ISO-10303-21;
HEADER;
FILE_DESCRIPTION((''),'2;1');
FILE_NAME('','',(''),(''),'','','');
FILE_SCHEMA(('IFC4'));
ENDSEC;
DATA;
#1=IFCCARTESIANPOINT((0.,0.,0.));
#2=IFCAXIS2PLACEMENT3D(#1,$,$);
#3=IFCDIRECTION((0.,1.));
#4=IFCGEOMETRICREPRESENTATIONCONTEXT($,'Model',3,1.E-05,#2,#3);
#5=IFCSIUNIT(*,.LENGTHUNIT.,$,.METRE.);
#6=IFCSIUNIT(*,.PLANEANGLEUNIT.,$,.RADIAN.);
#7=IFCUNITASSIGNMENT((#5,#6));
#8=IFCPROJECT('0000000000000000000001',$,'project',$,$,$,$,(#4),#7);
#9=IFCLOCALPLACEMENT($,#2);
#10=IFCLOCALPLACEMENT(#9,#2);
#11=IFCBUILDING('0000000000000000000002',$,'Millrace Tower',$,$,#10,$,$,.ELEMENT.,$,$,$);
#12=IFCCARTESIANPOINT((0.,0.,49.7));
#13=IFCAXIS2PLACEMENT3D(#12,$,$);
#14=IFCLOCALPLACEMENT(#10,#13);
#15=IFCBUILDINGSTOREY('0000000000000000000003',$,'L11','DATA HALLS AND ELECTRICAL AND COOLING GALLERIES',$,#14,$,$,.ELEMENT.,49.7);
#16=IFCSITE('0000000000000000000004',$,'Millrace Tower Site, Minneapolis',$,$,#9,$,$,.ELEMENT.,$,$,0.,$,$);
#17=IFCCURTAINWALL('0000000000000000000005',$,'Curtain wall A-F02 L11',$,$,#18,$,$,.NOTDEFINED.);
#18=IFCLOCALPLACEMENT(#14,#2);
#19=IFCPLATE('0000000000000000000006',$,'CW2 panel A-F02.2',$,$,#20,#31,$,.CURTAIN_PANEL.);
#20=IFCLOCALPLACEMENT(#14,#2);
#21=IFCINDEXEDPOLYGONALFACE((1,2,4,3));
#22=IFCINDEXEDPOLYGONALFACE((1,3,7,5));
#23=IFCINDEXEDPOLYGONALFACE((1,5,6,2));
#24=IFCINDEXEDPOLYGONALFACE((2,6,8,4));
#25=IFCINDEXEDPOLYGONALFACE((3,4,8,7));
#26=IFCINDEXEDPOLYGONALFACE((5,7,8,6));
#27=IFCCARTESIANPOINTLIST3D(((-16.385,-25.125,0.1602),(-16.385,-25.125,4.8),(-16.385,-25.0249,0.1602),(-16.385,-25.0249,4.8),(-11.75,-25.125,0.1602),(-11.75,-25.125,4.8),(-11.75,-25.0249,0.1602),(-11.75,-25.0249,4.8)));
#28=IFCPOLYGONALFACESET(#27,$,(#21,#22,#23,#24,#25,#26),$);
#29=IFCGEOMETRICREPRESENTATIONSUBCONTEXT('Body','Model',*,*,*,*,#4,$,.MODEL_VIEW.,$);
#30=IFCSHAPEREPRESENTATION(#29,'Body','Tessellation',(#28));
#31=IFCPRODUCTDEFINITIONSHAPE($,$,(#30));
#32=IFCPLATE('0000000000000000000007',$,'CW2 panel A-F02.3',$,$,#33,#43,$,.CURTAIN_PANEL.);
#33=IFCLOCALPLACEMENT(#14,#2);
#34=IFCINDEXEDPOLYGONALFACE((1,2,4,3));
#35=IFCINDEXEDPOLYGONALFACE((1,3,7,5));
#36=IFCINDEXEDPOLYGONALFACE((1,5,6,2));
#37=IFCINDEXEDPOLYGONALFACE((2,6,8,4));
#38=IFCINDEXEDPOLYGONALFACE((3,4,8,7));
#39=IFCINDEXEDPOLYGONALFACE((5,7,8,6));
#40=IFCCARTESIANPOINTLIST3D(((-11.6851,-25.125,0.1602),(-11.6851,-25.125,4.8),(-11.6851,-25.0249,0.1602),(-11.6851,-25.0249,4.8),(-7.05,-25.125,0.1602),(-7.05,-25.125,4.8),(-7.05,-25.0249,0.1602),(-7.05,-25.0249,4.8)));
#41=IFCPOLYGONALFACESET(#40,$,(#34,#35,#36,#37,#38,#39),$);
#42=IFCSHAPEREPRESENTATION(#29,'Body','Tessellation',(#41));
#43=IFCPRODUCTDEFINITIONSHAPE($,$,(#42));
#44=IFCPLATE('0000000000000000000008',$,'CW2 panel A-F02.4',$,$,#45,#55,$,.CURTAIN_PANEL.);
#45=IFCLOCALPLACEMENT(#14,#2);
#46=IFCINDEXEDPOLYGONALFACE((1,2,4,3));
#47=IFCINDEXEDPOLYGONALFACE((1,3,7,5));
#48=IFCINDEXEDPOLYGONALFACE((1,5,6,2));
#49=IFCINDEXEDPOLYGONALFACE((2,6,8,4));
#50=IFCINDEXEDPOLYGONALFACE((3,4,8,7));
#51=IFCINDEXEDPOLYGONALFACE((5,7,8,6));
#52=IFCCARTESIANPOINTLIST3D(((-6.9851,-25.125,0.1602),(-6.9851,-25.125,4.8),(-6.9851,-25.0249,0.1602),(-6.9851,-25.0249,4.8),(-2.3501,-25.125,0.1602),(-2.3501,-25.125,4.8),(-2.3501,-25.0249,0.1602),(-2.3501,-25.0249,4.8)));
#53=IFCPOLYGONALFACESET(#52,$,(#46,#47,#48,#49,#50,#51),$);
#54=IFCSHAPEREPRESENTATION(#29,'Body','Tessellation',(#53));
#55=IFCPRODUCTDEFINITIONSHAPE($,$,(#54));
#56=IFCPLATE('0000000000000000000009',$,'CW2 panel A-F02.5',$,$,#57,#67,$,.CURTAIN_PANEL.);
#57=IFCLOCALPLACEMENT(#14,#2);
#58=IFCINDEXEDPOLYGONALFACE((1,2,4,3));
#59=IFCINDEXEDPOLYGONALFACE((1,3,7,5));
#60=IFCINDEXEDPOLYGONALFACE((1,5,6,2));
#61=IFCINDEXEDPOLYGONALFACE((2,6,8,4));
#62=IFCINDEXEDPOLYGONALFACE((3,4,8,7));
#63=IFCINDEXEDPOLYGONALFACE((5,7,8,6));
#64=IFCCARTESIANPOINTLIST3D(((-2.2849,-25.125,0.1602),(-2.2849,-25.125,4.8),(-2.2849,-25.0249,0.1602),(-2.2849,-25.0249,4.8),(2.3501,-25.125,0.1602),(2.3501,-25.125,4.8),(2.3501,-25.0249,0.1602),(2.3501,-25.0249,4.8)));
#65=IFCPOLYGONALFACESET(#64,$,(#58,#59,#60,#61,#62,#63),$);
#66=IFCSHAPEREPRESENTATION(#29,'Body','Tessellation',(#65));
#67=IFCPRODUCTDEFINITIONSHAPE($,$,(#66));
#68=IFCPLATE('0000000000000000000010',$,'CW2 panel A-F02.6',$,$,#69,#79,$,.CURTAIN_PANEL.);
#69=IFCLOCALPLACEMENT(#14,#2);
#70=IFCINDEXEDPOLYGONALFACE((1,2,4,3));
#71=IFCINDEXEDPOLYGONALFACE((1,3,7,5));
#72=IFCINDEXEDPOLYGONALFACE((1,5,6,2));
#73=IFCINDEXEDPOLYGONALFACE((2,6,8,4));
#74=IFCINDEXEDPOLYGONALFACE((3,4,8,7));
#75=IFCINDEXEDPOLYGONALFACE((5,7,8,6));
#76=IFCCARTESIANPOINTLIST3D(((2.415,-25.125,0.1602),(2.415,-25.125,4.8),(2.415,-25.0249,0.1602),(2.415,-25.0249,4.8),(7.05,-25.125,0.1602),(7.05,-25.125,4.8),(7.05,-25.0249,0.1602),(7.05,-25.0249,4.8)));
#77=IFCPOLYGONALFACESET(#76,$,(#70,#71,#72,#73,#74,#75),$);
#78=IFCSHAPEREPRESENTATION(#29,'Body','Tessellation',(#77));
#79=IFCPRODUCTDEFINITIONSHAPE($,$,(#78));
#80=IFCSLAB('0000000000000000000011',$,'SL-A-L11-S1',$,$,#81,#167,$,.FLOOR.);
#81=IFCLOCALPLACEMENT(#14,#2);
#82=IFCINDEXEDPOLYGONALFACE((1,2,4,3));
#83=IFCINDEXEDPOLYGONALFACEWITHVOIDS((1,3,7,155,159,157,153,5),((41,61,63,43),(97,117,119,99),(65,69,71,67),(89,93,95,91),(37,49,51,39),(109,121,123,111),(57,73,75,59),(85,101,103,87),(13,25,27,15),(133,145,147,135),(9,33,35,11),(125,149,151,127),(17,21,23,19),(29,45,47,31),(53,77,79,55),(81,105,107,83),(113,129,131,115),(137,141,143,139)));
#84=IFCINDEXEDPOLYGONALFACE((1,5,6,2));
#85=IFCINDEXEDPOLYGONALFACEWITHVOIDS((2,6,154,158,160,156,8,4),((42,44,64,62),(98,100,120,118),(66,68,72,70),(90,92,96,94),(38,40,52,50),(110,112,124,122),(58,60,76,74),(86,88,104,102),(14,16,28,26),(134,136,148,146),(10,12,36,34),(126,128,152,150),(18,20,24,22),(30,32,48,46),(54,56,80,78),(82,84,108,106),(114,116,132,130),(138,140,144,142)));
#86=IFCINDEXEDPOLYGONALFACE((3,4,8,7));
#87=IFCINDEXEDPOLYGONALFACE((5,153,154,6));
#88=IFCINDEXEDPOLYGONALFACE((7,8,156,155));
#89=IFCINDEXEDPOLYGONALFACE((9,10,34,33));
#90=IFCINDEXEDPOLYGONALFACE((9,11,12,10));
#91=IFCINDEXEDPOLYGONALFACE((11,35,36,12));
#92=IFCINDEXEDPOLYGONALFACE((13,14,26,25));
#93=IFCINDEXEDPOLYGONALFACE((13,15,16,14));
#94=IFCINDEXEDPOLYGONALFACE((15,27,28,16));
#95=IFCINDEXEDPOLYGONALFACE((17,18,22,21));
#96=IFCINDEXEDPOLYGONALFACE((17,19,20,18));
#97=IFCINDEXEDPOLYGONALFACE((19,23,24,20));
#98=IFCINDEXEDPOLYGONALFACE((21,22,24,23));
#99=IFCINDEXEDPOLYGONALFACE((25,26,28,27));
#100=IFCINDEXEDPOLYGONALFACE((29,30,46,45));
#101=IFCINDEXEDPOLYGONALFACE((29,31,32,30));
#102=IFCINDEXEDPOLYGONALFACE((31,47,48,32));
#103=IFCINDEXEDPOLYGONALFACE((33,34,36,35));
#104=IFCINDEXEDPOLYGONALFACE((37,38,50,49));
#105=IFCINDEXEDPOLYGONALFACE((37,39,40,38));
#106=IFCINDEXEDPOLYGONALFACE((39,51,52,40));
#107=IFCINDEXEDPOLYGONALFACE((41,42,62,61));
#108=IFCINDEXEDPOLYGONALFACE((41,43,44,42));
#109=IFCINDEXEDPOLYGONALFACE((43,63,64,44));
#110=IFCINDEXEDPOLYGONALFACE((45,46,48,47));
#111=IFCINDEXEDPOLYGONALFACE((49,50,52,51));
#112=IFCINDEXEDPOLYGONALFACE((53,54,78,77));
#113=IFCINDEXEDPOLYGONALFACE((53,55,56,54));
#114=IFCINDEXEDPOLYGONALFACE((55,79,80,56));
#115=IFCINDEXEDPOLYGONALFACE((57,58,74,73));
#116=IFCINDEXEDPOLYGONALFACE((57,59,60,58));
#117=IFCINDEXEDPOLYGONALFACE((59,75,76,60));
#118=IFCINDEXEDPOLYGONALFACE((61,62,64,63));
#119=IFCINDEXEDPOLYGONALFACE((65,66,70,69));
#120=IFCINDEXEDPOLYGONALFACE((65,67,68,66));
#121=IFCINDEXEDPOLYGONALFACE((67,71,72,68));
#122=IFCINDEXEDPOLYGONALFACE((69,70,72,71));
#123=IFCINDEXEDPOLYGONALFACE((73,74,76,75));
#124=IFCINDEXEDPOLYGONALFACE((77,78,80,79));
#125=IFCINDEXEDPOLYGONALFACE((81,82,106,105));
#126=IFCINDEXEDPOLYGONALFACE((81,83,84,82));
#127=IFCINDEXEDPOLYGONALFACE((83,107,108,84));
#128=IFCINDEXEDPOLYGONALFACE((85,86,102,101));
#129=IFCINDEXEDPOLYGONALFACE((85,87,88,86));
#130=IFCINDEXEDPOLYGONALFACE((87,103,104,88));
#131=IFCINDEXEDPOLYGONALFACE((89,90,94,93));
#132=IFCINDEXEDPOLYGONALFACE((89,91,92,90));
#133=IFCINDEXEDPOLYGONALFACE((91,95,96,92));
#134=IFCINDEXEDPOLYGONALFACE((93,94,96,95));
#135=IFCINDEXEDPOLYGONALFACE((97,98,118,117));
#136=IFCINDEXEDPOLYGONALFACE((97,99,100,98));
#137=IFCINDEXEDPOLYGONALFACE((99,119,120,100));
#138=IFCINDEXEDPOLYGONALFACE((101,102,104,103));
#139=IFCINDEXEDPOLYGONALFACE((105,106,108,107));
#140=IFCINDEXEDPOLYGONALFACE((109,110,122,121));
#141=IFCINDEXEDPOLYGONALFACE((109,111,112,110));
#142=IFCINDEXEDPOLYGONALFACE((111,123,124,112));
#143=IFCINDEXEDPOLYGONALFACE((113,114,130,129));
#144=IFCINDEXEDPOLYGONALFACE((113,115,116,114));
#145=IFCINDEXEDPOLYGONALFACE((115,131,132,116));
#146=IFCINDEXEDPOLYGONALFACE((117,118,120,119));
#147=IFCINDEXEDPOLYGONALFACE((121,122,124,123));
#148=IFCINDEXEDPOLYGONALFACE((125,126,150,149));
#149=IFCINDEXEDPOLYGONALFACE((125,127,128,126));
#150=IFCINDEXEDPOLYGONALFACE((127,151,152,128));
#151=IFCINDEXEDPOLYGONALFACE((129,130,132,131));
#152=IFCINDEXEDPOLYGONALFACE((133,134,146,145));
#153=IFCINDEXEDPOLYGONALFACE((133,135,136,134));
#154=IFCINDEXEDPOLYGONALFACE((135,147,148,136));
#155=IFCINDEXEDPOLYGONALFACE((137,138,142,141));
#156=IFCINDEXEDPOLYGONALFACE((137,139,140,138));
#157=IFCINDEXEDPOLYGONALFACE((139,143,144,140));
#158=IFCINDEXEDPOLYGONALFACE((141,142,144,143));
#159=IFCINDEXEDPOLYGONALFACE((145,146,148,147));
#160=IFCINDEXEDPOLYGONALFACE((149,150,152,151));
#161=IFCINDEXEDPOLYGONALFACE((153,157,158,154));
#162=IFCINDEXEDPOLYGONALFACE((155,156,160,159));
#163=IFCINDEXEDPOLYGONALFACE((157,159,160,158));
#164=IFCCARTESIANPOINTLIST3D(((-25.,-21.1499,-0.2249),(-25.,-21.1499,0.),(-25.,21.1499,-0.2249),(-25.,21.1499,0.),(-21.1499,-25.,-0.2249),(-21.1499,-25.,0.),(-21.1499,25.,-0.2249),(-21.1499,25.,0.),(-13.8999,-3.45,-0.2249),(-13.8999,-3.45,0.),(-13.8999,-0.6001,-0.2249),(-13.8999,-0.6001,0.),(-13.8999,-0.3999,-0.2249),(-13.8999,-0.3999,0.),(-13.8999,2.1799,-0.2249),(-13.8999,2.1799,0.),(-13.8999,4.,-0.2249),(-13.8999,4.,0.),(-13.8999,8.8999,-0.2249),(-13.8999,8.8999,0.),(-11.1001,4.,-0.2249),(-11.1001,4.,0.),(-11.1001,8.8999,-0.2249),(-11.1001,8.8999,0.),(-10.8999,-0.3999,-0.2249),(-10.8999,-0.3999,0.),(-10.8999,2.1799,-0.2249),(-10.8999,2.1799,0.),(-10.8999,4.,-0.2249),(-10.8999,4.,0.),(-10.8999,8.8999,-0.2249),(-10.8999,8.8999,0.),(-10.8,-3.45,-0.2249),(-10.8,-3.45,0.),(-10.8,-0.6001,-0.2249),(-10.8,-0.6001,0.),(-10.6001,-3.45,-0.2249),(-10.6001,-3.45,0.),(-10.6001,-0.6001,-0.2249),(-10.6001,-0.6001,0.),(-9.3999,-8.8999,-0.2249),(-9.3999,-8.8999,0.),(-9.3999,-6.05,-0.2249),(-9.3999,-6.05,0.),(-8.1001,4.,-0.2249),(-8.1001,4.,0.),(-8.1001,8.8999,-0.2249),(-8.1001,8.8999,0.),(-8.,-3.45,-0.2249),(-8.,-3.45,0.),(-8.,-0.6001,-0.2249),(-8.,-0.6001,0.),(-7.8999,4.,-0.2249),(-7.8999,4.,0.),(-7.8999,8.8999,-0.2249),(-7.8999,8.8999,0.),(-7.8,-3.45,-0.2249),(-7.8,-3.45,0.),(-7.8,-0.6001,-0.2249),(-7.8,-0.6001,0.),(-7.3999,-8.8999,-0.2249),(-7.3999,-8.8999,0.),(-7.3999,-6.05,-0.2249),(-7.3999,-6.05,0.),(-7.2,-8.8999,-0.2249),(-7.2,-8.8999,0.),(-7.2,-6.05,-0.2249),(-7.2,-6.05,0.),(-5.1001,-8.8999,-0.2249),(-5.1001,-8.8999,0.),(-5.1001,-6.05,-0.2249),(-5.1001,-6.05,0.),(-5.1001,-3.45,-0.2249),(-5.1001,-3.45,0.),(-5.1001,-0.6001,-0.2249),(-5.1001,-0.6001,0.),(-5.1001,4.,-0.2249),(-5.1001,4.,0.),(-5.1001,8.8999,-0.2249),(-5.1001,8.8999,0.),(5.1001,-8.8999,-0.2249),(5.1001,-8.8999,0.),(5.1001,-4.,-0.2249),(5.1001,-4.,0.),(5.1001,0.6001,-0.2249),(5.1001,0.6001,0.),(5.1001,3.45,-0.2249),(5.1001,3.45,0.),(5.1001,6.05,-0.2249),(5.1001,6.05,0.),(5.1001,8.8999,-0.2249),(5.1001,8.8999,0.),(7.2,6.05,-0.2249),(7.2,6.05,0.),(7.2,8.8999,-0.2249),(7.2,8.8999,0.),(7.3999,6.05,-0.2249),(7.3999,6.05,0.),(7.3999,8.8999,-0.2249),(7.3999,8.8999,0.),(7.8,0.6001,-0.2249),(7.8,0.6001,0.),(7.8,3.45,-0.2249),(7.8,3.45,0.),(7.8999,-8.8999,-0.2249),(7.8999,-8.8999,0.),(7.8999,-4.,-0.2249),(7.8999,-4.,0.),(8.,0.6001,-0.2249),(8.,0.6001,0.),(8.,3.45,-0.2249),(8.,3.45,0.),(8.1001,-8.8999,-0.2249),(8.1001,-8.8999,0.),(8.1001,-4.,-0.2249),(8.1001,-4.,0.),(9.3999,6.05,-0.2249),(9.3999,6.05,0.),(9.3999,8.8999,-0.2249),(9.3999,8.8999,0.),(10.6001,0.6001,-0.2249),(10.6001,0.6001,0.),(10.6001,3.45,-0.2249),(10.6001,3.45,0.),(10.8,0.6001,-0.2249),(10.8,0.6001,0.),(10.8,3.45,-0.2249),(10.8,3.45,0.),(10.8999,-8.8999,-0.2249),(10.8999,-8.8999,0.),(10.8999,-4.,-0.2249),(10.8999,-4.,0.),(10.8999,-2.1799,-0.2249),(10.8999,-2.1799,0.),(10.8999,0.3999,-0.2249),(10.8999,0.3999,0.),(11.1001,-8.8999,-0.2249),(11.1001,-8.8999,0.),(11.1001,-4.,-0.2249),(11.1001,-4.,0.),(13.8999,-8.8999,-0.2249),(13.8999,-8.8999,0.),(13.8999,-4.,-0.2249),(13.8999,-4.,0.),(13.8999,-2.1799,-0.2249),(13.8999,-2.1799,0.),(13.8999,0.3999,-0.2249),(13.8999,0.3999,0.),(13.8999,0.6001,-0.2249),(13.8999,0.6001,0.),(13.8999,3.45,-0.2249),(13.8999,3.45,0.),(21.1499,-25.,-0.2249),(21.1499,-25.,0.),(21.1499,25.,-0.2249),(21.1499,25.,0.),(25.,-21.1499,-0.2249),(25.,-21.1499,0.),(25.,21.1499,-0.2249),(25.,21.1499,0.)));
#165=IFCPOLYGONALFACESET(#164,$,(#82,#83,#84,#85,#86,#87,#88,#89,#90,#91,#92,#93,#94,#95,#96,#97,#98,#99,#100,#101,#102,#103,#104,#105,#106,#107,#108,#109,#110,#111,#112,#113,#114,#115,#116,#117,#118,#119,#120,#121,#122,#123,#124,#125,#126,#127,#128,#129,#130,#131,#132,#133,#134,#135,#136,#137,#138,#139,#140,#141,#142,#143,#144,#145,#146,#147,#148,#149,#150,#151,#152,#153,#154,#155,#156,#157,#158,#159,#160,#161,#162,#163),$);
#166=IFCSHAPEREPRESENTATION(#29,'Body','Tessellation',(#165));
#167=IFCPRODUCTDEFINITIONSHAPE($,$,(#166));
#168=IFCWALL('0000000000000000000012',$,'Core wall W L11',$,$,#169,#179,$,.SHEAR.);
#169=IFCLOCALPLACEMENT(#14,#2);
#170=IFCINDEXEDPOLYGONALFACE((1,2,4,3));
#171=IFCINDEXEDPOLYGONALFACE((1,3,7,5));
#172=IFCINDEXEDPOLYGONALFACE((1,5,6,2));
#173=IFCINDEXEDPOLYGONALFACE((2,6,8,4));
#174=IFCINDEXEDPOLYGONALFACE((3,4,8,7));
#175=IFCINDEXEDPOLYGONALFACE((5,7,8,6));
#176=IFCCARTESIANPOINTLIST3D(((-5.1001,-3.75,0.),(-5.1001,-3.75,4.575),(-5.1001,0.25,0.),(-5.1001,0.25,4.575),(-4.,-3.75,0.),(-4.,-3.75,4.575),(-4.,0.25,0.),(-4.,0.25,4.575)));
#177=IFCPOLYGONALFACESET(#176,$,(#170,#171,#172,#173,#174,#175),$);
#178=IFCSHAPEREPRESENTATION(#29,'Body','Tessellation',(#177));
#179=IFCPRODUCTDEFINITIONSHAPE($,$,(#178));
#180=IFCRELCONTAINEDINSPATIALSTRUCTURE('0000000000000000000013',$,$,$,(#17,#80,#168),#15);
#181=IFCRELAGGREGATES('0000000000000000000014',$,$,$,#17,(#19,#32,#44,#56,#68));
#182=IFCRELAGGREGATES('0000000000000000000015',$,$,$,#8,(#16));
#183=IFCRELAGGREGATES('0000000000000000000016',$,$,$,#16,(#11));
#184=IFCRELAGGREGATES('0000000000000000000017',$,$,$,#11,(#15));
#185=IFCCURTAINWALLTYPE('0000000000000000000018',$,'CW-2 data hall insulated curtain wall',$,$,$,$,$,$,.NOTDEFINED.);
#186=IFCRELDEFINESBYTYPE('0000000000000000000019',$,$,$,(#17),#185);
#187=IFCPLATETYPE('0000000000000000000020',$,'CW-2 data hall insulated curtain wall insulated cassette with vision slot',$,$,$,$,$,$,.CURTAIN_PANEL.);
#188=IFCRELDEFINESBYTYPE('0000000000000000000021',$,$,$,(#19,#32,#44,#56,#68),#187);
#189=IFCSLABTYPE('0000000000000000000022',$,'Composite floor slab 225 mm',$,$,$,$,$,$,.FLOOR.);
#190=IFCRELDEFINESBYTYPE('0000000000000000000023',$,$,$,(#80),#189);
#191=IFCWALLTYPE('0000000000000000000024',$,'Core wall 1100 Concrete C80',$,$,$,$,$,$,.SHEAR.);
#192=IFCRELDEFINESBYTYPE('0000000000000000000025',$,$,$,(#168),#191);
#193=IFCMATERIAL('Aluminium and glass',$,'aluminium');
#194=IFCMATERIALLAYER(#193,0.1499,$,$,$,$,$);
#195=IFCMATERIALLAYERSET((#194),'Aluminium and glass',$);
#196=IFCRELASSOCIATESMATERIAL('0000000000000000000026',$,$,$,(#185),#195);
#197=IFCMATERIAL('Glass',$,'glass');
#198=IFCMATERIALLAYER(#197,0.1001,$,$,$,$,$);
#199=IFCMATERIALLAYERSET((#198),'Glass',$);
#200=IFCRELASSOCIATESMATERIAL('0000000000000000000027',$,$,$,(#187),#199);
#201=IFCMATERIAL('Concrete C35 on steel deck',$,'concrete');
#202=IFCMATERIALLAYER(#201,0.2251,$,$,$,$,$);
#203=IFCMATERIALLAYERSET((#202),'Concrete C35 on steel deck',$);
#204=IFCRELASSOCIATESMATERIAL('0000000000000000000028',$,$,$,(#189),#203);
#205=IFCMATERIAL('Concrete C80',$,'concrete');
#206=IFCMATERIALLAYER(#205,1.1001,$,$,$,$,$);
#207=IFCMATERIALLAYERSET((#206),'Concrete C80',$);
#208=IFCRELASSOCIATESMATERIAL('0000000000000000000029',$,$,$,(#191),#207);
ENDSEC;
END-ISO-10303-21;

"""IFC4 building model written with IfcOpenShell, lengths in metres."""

from ifc_helpers import new_model, si_unit, direction, frame, frame_2d, origin, place, context, subcontext, project, spatial, polyline, rectangle, outline, extrude, material, layer, layer_set, type_object, element, aggregate, save


model = new_model("IFC4")

# Units and contexts
model_context = context("Model", 3, precision=1e-05, world=origin(), true_north=direction((0.0, 1.0)))
body_context = subcontext(model_context, "Body", "Model", "MODEL_VIEW")
ifc_project = project(units=[si_unit("LENGTHUNIT", "METRE"), si_unit("PLANEANGLEUNIT", "RADIAN")], contexts=[model_context])

# Site, building, storey
site_placement = place(None, origin())
site = spatial("IfcSite", under=ifc_project, at=site_placement, Name="Millrace Tower Site, Minneapolis", CompositionType="ELEMENT", RefElevation=0.0)
building_placement = place(site_placement, origin())
building = spatial("IfcBuilding", under=site, at=building_placement, Name="Millrace Tower", CompositionType="ELEMENT")
storey_placement = place(building_placement, frame((0.0, 0.0, 49.7)))
storey = spatial("IfcBuildingStorey", under=building, at=storey_placement, Name="L11", Description="DATA HALLS AND ELECTRICAL AND COOLING GALLERIES", CompositionType="ELEMENT", Elevation=49.7)

# Shared definitions
ifc_material_1 = material(Name="Aluminium and glass", Category="aluminium")
ifc_layer_1 = layer(ifc_material_1, 0.1499)
ifc_layer_set_1 = layer_set([ifc_layer_1], Name="Aluminium and glass")
curtain_wall_type = type_object("IfcCurtainWallType", Name="CW-2 data hall insulated curtain wall", PredefinedType="NOTDEFINED", material=ifc_layer_set_1)
placement_1 = place(storey_placement, origin())
ifc_material_2 = material(Name="Glass", Category="glass")
ifc_layer_2 = layer(ifc_material_2, 0.1001)
ifc_layer_set_2 = layer_set([ifc_layer_2], Name="Glass")
plate_type = type_object("IfcPlateType", Name="CW-2 data hall insulated curtain wall insulated cassette with vision slot", PredefinedType="CURTAIN_PANEL", material=ifc_layer_set_2)
placement_2 = place(storey_placement, frame((0.0, 0.0, 0.1602)))

# Curtain wall, plates
curtain_wall_1 = element("IfcCurtainWall", 1, at=placement_1, inside=storey, type_object=curtain_wall_type, Name="Curtain wall A-F02 L11", PredefinedType="NOTDEFINED")
plate_1 = element("IfcPlate", 2, at=placement_2, type_object=plate_type, Name="CW2 panel A-F02.2", PredefinedType="CURTAIN_PANEL", context=body_context, shape_type="SweptSolid", body=[
    extrude(outline(polyline([(-16.385, -25.125), (-11.75, -25.125), (-11.75, -25.0249), (-16.385, -25.0249), (-16.385, -25.125)])), origin(), (0.0, 0.0, 1.0), 4.6399),
])
plate_2 = element("IfcPlate", 3, at=placement_2, type_object=plate_type, Name="CW2 panel A-F02.3", PredefinedType="CURTAIN_PANEL", context=body_context, shape_type="SweptSolid", body=[
    extrude(outline(polyline([(-11.6851, -25.125), (-7.05, -25.125), (-7.05, -25.0249), (-11.6851, -25.0249), (-11.6851, -25.125)])), origin(), (0.0, 0.0, 1.0), 4.6399),
])
plate_3 = element("IfcPlate", 4, at=placement_2, type_object=plate_type, Name="CW2 panel A-F02.4", PredefinedType="CURTAIN_PANEL", context=body_context, shape_type="SweptSolid", body=[
    extrude(outline(polyline([(-6.9851, -25.125), (-2.3501, -25.125), (-2.3501, -25.0249), (-6.9851, -25.0249), (-6.9851, -25.125)])), origin(), (0.0, 0.0, 1.0), 4.6399),
])
plate_4 = element("IfcPlate", 5, at=placement_2, type_object=plate_type, Name="CW2 panel A-F02.5", PredefinedType="CURTAIN_PANEL", context=body_context, shape_type="SweptSolid", body=[
    extrude(outline(polyline([(-2.2849, -25.125), (2.3501, -25.125), (2.3501, -25.0249), (-2.2849, -25.0249), (-2.2849, -25.125)])), origin(), (0.0, 0.0, 1.0), 4.6399),
])
plate_5 = element("IfcPlate", 6, at=placement_2, type_object=plate_type, Name="CW2 panel A-F02.6", PredefinedType="CURTAIN_PANEL", context=body_context, shape_type="SweptSolid", body=[
    extrude(outline(polyline([(2.415, -25.125), (7.05, -25.125), (7.05, -25.0249), (2.415, -25.0249), (2.415, -25.125)])), origin(), (0.0, 0.0, 1.0), 4.6399),
])
aggregate(curtain_wall_1, [plate_1, plate_2, plate_3, plate_4, plate_5])

# Slab
ifc_material_3 = material(Name="Concrete C35 on steel deck", Category="concrete")
ifc_layer_3 = layer(ifc_material_3, 0.2251)
ifc_layer_set_3 = layer_set([ifc_layer_3], Name="Concrete C35 on steel deck")
slab_type = type_object("IfcSlabType", Name="Composite floor slab 225 mm", PredefinedType="FLOOR", material=ifc_layer_set_3)
slab_placement = place(storey_placement, frame((0.0, 0.0, -0.2249)))
element("IfcSlab", 7, at=slab_placement, inside=storey, type_object=slab_type, Name="SL-A-L11-S1", PredefinedType="FLOOR", context=body_context, shape_type="SweptSolid", body=[
    extrude(outline(polyline([(-25.0, -21.1499), (-21.1499, -25.0), (21.1499, -25.0), (25.0, -21.1499), (25.0, 21.1499), (21.1499, 25.0), (-21.1499, 25.0), (-25.0, 21.1499), (-25.0, -21.1499)]), holes=[polyline([(-9.3999, -8.8999), (-7.3999, -8.8999), (-7.3999, -6.05), (-9.3999, -6.05), (-9.3999, -8.8999)]), polyline([(-7.2, -8.8999), (-5.1001, -8.8999), (-5.1001, -6.05), (-7.2, -6.05), (-7.2, -8.8999)]), polyline([(-13.8999, -3.45), (-10.8, -3.45), (-10.8, -0.6001), (-13.8999, -0.6001), (-13.8999, -3.45)]), polyline([(-10.6001, -3.45), (-8.0, -3.45), (-8.0, -0.6001), (-10.6001, -0.6001), (-10.6001, -3.45)]), polyline([(-7.8, -3.45), (-5.1001, -3.45), (-5.1001, -0.6001), (-7.8, -0.6001), (-7.8, -3.45)]), polyline([(-13.8999, -0.3999), (-10.8999, -0.3999), (-10.8999, 2.1799), (-13.8999, 2.1799), (-13.8999, -0.3999)]), polyline([(-13.8999, 4.0), (-11.1001, 4.0), (-11.1001, 8.8999), (-13.8999, 8.8999), (-13.8999, 4.0)]), polyline([(-10.8999, 4.0), (-8.1001, 4.0), (-8.1001, 8.8999), (-10.8999, 8.8999), (-10.8999, 4.0)]), polyline([(-7.8999, 4.0), (-5.1001, 4.0), (-5.1001, 8.8999), (-7.8999, 8.8999), (-7.8999, 4.0)]), polyline([(7.3999, 6.05), (9.3999, 6.05), (9.3999, 8.8999), (7.3999, 8.8999), (7.3999, 6.05)]), polyline([(5.1001, 6.05), (7.2, 6.05), (7.2, 8.8999), (5.1001, 8.8999), (5.1001, 6.05)]), polyline([(10.8, 0.6001), (13.8999, 0.6001), (13.8999, 3.45), (10.8, 3.45), (10.8, 0.6001)]), polyline([(8.0, 0.6001), (10.6001, 0.6001), (10.6001, 3.45), (8.0, 3.45), (8.0, 0.6001)]), polyline([(5.1001, 0.6001), (7.8, 0.6001), (7.8, 3.45), (5.1001, 3.45), (5.1001, 0.6001)]), polyline([(10.8999, -2.1799), (13.8999, -2.1799), (13.8999, 0.3999), (10.8999, 0.3999), (10.8999, -2.1799)]), polyline([(11.1001, -8.8999), (13.8999, -8.8999), (13.8999, -4.0), (11.1001, -4.0), (11.1001, -8.8999)]), polyline([(8.1001, -8.8999), (10.8999, -8.8999), (10.8999, -4.0), (8.1001, -4.0), (8.1001, -8.8999)]), polyline([(5.1001, -8.8999), (7.8999, -8.8999), (7.8999, -4.0), (5.1001, -4.0), (5.1001, -8.8999)])]), origin(), (0.0, 0.0, 1.0), 0.2249),
])

# Wall
ifc_material_4 = material(Name="Concrete C80", Category="concrete")
ifc_layer_4 = layer(ifc_material_4, 1.1001)
ifc_layer_set_4 = layer_set([ifc_layer_4], Name="Concrete C80")
wall_type_1 = type_object("IfcWallType", Name="Core wall 1100 Concrete C80", PredefinedType="SHEAR", material=ifc_layer_set_4)
wall_1_placement = place(storey_placement, frame((-4.55, -3.75, 0.0), z_axis=(0.0, 0.0, 1.0), x_axis=(0.0, 1.0, 0.0)))
element("IfcWall", 8, at=wall_1_placement, inside=storey, type_object=wall_type_1, Name="Core wall W L11", PredefinedType="SHEAR", context=body_context, shape_type="SweptSolid", body=[
    extrude(rectangle(XDim=4.0, YDim=1.1001, at=frame_2d((2.0, 0.0))), origin(), (0.0, 0.0, 1.0), 4.575),
])

save(model, "model.ifc")
